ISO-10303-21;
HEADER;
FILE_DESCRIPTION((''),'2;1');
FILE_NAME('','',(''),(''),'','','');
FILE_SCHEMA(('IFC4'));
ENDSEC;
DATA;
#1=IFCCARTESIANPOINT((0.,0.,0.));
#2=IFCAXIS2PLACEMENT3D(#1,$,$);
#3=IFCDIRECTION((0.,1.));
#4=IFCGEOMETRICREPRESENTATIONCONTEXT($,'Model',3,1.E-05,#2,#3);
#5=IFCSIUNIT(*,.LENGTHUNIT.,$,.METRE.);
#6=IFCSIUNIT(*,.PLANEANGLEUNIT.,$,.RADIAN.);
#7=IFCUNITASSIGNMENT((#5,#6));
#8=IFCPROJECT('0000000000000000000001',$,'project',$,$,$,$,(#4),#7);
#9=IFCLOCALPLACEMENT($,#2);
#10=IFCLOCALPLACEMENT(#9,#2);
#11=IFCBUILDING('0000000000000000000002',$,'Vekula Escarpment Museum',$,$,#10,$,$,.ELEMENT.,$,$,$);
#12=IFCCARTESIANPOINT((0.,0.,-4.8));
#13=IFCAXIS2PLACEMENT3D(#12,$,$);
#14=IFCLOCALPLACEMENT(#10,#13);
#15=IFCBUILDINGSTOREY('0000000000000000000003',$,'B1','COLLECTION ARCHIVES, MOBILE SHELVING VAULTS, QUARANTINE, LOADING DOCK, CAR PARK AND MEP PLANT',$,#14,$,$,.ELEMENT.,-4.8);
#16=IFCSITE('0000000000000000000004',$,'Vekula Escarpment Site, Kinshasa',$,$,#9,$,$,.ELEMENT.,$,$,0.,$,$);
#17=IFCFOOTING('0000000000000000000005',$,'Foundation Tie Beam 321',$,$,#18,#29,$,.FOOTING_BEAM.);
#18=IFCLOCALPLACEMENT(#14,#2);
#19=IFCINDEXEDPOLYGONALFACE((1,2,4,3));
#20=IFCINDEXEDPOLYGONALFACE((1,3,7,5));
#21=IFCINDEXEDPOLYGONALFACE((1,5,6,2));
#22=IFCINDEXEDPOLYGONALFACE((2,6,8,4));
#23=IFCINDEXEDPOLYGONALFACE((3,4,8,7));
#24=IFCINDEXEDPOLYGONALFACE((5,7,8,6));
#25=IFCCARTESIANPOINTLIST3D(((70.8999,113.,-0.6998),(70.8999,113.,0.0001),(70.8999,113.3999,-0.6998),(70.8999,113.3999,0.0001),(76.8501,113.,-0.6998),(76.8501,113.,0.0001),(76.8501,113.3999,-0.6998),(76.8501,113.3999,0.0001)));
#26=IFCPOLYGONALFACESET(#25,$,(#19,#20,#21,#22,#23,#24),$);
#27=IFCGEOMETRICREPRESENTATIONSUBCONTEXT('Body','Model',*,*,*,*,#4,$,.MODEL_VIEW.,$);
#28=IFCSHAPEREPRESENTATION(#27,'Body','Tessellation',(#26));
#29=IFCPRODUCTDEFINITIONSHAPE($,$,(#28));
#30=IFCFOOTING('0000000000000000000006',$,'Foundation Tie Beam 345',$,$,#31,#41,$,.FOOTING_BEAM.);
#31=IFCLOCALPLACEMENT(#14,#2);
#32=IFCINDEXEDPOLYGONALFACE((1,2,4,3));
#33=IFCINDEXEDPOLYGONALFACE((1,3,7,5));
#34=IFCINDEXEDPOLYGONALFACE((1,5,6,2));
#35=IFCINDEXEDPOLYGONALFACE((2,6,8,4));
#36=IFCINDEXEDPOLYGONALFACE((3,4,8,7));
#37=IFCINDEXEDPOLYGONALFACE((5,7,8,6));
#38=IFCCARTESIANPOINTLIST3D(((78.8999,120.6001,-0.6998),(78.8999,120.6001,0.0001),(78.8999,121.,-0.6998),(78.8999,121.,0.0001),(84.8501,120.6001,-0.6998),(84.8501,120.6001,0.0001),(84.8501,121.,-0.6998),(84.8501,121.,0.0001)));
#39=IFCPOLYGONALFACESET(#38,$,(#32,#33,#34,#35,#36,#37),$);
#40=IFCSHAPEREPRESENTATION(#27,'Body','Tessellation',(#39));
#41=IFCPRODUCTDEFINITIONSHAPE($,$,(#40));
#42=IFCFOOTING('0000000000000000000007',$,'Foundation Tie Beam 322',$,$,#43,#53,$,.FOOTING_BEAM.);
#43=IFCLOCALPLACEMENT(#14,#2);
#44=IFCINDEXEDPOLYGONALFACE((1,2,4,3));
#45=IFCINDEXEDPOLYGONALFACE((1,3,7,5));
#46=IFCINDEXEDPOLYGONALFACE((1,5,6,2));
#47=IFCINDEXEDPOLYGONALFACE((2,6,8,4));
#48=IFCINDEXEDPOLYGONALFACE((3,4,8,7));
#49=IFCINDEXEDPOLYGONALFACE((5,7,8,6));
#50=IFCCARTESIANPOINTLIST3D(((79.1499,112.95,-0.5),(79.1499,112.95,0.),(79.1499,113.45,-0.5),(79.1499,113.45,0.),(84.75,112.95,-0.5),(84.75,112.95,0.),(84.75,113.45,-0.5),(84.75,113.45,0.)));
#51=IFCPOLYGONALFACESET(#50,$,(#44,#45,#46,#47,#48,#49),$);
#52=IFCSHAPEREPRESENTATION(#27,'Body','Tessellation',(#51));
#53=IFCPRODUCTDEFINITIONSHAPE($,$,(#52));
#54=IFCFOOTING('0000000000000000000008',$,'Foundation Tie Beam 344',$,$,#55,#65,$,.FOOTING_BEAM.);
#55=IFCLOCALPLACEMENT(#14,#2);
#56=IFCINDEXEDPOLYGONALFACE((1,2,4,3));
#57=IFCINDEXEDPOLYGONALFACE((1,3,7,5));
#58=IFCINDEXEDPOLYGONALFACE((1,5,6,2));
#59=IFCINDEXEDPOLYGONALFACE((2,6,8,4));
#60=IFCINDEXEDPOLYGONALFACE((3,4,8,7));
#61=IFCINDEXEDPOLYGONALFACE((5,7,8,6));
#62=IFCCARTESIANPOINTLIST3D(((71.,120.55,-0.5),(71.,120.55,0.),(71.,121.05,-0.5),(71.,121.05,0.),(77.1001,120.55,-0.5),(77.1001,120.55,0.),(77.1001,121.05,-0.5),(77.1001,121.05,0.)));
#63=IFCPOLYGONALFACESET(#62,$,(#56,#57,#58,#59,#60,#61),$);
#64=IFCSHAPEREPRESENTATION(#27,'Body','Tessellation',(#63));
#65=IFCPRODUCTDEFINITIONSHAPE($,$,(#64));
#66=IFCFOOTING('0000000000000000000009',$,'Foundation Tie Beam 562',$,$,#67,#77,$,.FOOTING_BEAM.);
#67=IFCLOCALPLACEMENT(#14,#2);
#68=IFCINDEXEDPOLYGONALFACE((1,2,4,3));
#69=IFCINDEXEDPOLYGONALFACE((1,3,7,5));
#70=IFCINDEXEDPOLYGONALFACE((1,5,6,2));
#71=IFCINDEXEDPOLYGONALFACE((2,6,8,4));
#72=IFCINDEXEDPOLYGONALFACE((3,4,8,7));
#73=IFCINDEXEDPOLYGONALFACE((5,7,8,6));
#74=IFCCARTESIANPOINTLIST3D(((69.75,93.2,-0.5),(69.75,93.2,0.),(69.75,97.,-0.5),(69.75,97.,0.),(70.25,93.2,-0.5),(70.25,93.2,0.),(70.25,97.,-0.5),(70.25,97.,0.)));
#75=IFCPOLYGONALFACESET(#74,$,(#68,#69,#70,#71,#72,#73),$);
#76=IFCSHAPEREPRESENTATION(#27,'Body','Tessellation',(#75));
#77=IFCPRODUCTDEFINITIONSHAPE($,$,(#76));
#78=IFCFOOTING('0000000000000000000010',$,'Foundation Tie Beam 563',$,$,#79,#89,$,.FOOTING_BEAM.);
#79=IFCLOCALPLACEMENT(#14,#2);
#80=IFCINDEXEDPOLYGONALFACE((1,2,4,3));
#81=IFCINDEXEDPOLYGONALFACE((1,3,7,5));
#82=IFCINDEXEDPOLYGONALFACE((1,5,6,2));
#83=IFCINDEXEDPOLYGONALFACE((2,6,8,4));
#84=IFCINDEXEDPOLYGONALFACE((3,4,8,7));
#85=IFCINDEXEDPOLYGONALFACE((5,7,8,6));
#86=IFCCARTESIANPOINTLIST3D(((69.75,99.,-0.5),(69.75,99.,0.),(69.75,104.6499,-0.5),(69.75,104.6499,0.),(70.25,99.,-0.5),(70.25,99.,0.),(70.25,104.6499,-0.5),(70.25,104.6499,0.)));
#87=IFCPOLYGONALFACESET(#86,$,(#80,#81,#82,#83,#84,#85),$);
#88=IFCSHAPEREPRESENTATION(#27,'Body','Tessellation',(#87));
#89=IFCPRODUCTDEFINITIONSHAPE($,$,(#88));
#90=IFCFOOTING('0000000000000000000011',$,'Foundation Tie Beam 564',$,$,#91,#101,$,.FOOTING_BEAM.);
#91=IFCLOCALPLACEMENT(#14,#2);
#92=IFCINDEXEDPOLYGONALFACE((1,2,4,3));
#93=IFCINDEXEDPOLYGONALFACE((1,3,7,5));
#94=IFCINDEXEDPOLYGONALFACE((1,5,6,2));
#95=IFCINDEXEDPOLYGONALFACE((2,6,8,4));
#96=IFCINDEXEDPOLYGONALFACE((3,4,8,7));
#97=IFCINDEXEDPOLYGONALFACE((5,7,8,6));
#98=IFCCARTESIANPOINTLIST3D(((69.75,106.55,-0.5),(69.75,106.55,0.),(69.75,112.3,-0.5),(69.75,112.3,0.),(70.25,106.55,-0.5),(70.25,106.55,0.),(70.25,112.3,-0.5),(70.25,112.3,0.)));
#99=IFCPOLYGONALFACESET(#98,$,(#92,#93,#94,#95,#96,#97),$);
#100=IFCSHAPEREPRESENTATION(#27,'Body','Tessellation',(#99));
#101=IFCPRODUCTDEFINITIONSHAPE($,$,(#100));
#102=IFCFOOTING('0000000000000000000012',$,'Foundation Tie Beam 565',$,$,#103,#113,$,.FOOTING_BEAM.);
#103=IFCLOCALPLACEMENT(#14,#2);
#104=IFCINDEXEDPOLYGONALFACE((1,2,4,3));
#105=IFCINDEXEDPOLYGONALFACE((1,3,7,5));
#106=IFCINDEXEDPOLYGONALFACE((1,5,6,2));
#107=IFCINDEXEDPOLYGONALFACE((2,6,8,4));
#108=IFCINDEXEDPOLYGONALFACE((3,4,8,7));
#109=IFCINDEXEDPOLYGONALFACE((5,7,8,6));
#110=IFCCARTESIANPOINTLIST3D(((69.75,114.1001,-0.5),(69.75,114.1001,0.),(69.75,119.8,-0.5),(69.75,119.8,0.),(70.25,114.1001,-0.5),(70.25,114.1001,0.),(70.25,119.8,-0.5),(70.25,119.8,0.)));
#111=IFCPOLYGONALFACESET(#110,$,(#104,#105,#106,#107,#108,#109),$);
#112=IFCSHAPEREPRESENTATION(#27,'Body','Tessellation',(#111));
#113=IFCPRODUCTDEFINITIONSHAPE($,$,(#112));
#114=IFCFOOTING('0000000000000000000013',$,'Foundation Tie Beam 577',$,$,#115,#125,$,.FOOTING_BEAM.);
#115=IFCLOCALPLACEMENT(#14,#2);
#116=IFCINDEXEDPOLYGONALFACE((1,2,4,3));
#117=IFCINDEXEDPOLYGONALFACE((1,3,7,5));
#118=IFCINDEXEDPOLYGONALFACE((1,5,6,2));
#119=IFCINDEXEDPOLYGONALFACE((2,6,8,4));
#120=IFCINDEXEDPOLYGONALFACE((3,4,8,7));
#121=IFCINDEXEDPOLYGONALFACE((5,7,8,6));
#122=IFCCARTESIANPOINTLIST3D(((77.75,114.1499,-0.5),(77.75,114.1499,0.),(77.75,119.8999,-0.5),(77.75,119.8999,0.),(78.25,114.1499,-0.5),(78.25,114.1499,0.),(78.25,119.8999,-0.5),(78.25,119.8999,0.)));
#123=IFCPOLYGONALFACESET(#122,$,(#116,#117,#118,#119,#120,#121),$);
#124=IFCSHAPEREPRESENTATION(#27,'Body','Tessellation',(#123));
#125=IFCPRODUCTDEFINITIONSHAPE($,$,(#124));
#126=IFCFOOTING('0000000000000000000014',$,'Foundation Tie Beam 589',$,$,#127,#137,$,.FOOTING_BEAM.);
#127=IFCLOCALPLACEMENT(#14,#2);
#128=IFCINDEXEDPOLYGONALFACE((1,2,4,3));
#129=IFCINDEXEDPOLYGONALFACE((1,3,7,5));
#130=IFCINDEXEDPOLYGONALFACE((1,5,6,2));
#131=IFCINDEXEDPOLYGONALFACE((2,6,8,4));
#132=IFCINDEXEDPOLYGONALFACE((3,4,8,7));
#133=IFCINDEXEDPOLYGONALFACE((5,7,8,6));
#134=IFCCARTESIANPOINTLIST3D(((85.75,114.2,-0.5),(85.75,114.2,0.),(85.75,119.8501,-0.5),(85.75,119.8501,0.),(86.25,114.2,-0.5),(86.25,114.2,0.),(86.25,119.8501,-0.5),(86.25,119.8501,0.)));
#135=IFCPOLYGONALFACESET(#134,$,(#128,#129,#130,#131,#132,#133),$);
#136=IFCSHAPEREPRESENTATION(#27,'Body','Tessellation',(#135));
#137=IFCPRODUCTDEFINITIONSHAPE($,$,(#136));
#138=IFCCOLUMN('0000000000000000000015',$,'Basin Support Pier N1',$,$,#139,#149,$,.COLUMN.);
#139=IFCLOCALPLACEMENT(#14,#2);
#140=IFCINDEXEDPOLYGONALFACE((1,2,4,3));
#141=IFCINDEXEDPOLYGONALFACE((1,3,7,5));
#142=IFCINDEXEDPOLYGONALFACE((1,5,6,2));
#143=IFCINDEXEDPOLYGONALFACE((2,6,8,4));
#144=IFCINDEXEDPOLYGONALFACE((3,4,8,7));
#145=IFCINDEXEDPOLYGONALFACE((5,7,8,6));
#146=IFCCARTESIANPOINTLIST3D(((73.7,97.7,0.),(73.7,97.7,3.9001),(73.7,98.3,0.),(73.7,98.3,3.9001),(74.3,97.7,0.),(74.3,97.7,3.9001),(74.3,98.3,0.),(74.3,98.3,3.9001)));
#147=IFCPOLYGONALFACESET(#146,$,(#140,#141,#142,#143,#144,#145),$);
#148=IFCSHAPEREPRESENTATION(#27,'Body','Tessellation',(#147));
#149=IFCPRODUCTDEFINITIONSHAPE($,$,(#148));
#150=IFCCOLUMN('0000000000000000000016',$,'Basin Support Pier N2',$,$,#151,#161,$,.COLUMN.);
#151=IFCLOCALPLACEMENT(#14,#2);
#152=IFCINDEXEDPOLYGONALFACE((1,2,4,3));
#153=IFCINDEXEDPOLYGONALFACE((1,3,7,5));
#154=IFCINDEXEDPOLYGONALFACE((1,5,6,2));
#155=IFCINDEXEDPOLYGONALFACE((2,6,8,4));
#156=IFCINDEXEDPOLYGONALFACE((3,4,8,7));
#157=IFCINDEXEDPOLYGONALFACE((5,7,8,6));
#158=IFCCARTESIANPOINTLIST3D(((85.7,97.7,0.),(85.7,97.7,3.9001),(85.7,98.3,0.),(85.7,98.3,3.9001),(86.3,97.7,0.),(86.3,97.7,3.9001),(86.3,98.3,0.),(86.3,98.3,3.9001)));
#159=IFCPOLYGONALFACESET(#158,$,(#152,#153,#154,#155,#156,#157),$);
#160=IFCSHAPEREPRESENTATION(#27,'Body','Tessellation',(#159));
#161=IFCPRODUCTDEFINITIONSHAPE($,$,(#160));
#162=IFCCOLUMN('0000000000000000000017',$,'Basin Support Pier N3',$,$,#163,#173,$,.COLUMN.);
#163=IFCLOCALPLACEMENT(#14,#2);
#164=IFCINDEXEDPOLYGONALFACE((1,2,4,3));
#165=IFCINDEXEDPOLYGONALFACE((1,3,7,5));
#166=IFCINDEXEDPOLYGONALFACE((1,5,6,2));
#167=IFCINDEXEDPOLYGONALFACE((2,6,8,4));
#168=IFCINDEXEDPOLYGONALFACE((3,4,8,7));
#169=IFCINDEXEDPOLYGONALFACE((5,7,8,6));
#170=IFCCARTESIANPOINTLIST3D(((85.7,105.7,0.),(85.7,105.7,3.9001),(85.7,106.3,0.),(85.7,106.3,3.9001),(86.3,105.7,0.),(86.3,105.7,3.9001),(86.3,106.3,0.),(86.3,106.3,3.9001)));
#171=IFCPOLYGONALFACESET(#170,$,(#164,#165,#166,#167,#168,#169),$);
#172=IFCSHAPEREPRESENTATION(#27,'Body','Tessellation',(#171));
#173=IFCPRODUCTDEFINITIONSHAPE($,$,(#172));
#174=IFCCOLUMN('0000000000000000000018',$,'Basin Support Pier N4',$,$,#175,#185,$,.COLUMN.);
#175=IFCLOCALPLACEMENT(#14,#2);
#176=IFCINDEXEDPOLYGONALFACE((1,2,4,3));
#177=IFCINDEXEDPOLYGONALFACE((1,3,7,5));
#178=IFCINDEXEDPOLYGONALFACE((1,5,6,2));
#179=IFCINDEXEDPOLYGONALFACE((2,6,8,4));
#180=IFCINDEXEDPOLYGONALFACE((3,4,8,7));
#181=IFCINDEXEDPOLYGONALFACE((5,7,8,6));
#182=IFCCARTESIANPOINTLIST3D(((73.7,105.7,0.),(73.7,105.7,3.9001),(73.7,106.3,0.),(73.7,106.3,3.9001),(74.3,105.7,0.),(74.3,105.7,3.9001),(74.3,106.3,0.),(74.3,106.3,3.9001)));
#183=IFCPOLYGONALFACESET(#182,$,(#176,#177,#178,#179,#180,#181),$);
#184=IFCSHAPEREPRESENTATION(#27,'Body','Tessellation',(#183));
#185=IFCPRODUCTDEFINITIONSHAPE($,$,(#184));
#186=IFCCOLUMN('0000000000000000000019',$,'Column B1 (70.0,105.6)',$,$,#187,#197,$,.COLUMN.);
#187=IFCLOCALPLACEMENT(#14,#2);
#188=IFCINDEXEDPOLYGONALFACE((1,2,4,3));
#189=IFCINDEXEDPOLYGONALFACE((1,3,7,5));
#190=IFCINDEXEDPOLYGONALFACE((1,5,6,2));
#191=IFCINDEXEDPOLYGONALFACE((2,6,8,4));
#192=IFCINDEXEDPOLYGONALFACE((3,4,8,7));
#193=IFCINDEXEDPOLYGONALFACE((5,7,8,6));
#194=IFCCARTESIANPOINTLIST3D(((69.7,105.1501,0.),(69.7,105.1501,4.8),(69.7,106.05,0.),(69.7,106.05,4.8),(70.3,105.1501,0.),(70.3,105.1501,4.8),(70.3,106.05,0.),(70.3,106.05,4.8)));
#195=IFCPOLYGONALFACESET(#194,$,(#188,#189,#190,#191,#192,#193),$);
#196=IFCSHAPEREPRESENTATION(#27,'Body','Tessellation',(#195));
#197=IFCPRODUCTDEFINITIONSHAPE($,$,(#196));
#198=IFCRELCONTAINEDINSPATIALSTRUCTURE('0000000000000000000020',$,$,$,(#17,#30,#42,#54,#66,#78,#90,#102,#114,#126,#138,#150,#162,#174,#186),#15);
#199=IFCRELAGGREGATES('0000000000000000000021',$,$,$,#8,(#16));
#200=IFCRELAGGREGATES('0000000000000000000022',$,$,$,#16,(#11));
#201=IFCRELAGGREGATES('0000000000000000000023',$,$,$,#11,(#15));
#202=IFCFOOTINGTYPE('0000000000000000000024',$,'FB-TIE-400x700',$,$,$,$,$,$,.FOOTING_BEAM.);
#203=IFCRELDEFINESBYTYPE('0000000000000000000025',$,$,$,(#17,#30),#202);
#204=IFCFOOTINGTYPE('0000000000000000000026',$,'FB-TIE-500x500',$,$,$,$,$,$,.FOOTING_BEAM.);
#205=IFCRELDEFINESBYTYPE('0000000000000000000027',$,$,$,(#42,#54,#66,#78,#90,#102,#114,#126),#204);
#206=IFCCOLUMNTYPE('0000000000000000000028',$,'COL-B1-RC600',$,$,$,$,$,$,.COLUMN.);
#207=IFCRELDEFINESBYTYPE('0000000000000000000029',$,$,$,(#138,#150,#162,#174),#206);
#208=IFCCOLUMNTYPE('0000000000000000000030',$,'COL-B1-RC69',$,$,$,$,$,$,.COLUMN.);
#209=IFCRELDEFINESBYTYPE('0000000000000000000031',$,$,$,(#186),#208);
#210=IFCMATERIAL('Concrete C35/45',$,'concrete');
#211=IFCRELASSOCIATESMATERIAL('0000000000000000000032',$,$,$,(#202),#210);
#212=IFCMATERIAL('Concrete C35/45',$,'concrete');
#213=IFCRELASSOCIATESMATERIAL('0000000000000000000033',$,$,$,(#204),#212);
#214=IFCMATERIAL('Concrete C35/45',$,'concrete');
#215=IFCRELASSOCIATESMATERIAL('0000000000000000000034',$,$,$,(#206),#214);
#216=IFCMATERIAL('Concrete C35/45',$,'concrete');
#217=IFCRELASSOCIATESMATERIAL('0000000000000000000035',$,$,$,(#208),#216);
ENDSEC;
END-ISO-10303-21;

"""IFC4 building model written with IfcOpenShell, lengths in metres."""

from ifc_helpers import new_model, si_unit, direction, frame, origin, origin_2d, place, context, subcontext, project, spatial, rectangle, extrude, material, material_profile, profile_set, type_object, element, save


model = new_model("IFC4")

# Units and contexts
model_context = context("Model", 3, precision=1e-05, world=origin(), true_north=direction((0.0, 1.0)))
body_context = subcontext(model_context, "Body", "Model", "MODEL_VIEW")
ifc_project = project(units=[si_unit("LENGTHUNIT", "METRE"), si_unit("PLANEANGLEUNIT", "RADIAN")], contexts=[model_context])

# Site, building, storey
site_placement = place(None, origin())
site = spatial("IfcSite", under=ifc_project, at=site_placement, Name="Vekula Escarpment Site, Kinshasa", CompositionType="ELEMENT", RefElevation=0.0)
building_placement = place(site_placement, origin())
building = spatial("IfcBuilding", under=site, at=building_placement, Name="Vekula Escarpment Museum", CompositionType="ELEMENT")
storey_placement = place(building_placement, frame((0.0, 0.0, -4.8)))
storey = spatial("IfcBuildingStorey", under=building, at=storey_placement, Name="B1", Description="COLLECTION ARCHIVES, MOBILE SHELVING VAULTS, QUARANTINE, LOADING DOCK, CAR PARK AND MEP PLANT", CompositionType="ELEMENT", Elevation=-4.8)

# Footings
ifc_material_1 = material(Name="Concrete C35/45", Category="concrete")
ifc_material_profile_1 = material_profile(ifc_material_1, rectangle(XDim=0.3999, YDim=0.7, at=origin_2d()), Name="RC 400x700")
ifc_profile_set_1 = profile_set([ifc_material_profile_1], Name="Concrete C35/45")
footing_type_1 = type_object("IfcFootingType", Name="FB-TIE-400x700", PredefinedType="FOOTING_BEAM", material=ifc_profile_set_1)
for number, where, z_axis, x_axis, name in (
    (1, (70.8999, 113.2, -0.3499), (1.0, 0.0, 0.0), (0.0, 1.0, 0.0), "Foundation Tie Beam 321"),
    (2, (78.8999, 120.8, -0.3499), (1.0, 0.0, 0.0), (0.0, 1.0, 0.0), "Foundation Tie Beam 345"),
):
    element("IfcFooting", number, at=place(storey_placement, frame(where, z_axis=z_axis, x_axis=x_axis)), inside=storey, type_object=footing_type_1, Name=name, PredefinedType="FOOTING_BEAM", context=body_context, shape_type="SweptSolid", body=[
        extrude(rectangle(XDim=0.3999, YDim=0.7, at=origin_2d()), origin(), (0.0, 0.0, 1.0), 5.9502),
    ])
ifc_material_2 = material(Name="Concrete C35/45", Category="concrete")
ifc_material_profile_2 = material_profile(ifc_material_2, rectangle(XDim=0.5, YDim=0.5, at=origin_2d()), Name="RC 500x500")
ifc_profile_set_2 = profile_set([ifc_material_profile_2], Name="Concrete C35/45")
footing_type_2 = type_object("IfcFootingType", Name="FB-TIE-500x500", PredefinedType="FOOTING_BEAM", material=ifc_profile_set_2)
footing_1_placement = place(storey_placement, frame((79.1499, 113.2, -0.25), z_axis=(1.0, 0.0, 0.0), x_axis=(0.0, 1.0, 0.0)))
element("IfcFooting", 3, at=footing_1_placement, inside=storey, type_object=footing_type_2, Name="Foundation Tie Beam 322", PredefinedType="FOOTING_BEAM", context=body_context, shape_type="SweptSolid", body=[
    extrude(rectangle(XDim=0.5, YDim=0.5, at=origin_2d()), origin(), (0.0, 0.0, 1.0), 5.6001),
])
footing_2_placement = place(storey_placement, frame((71.0, 120.8, -0.25), z_axis=(1.0, 0.0, 0.0), x_axis=(0.0, 1.0, 0.0)))
element("IfcFooting", 4, at=footing_2_placement, inside=storey, type_object=footing_type_2, Name="Foundation Tie Beam 344", PredefinedType="FOOTING_BEAM", context=body_context, shape_type="SweptSolid", body=[
    extrude(rectangle(XDim=0.5, YDim=0.5, at=origin_2d()), origin(), (0.0, 0.0, 1.0), 6.1001),
])
footing_3_placement = place(storey_placement, frame((70.0, 93.2, -0.25), z_axis=(0.0, 1.0, 0.0), x_axis=(-1.0, 0.0, 0.0)))
element("IfcFooting", 5, at=footing_3_placement, inside=storey, type_object=footing_type_2, Name="Foundation Tie Beam 562", PredefinedType="FOOTING_BEAM", context=body_context, shape_type="SweptSolid", body=[
    extrude(rectangle(XDim=0.5, YDim=0.5, at=origin_2d()), origin(), (0.0, 0.0, 1.0), 3.8),
])
footing_4_placement = place(storey_placement, frame((70.0, 99.0, -0.25), z_axis=(0.0, 1.0, 0.0), x_axis=(-1.0, 0.0, 0.0)))
element("IfcFooting", 6, at=footing_4_placement, inside=storey, type_object=footing_type_2, Name="Foundation Tie Beam 563", PredefinedType="FOOTING_BEAM", context=body_context, shape_type="SweptSolid", body=[
    extrude(rectangle(XDim=0.5, YDim=0.5, at=origin_2d()), origin(), (0.0, 0.0, 1.0), 5.6499),
])
footing_5_placement = place(storey_placement, frame((70.0, 106.55, -0.25), z_axis=(0.0, 1.0, 0.0), x_axis=(-1.0, 0.0, 0.0)))
element("IfcFooting", 7, at=footing_5_placement, inside=storey, type_object=footing_type_2, Name="Foundation Tie Beam 564", PredefinedType="FOOTING_BEAM", context=body_context, shape_type="SweptSolid", body=[
    extrude(rectangle(XDim=0.5, YDim=0.5, at=origin_2d()), origin(), (0.0, 0.0, 1.0), 5.75),
])
footing_6_placement = place(storey_placement, frame((70.0, 114.1001, -0.25), z_axis=(0.0, 1.0, 0.0), x_axis=(-1.0, 0.0, 0.0)))
element("IfcFooting", 8, at=footing_6_placement, inside=storey, type_object=footing_type_2, Name="Foundation Tie Beam 565", PredefinedType="FOOTING_BEAM", context=body_context, shape_type="SweptSolid", body=[
    extrude(rectangle(XDim=0.5, YDim=0.5, at=origin_2d()), origin(), (0.0, 0.0, 1.0), 5.7),
])
footing_7_placement = place(storey_placement, frame((78.0, 114.1499, -0.25), z_axis=(0.0, 1.0, 0.0), x_axis=(-1.0, 0.0, 0.0)))
element("IfcFooting", 9, at=footing_7_placement, inside=storey, type_object=footing_type_2, Name="Foundation Tie Beam 577", PredefinedType="FOOTING_BEAM", context=body_context, shape_type="SweptSolid", body=[
    extrude(rectangle(XDim=0.5, YDim=0.5, at=origin_2d()), origin(), (0.0, 0.0, 1.0), 5.75),
])
footing_8_placement = place(storey_placement, frame((86.0, 114.2, -0.25), z_axis=(0.0, 1.0, 0.0), x_axis=(-1.0, 0.0, 0.0)))
element("IfcFooting", 10, at=footing_8_placement, inside=storey, type_object=footing_type_2, Name="Foundation Tie Beam 589", PredefinedType="FOOTING_BEAM", context=body_context, shape_type="SweptSolid", body=[
    extrude(rectangle(XDim=0.5, YDim=0.5, at=origin_2d()), origin(), (0.0, 0.0, 1.0), 5.6501),
])

# Columns
ifc_material_3 = material(Name="Concrete C35/45", Category="concrete")
ifc_material_profile_3 = material_profile(ifc_material_3, rectangle(XDim=0.6001, YDim=0.6001, at=origin_2d()), Name="RC 600x600")
ifc_profile_set_3 = profile_set([ifc_material_profile_3], Name="Concrete C35/45")
column_type_1 = type_object("IfcColumnType", Name="COL-B1-RC600", PredefinedType="COLUMN", material=ifc_profile_set_3)
for number, where, z_axis, x_axis, name in (
    (11, (74.0, 98.0, 0.0), (0.0, 0.0, 1.0), (1.0, 0.0, 0.0), "Basin Support Pier N1"),
    (12, (86.0, 98.0, 0.0), (0.0, 0.0, 1.0), (1.0, 0.0, 0.0), "Basin Support Pier N2"),
    (13, (86.0, 106.0, 0.0), (0.0, 0.0, 1.0), (1.0, 0.0, 0.0), "Basin Support Pier N3"),
    (14, (74.0, 106.0, 0.0), (0.0, 0.0, 1.0), (1.0, 0.0, 0.0), "Basin Support Pier N4"),
):
    element("IfcColumn", number, at=place(storey_placement, frame(where, z_axis=z_axis, x_axis=x_axis)), inside=storey, type_object=column_type_1, Name=name, PredefinedType="COLUMN", context=body_context, shape_type="SweptSolid", body=[
        extrude(rectangle(XDim=0.6001, YDim=0.6001, at=origin_2d()), origin(), (0.0, 0.0, 1.0), 3.9001),
    ])
ifc_material_4 = material(Name="Concrete C35/45", Category="concrete")
ifc_material_profile_4 = material_profile(ifc_material_4, rectangle(XDim=0.6001, YDim=0.8999, at=origin_2d()), Name="RC 600x900")
ifc_profile_set_4 = profile_set([ifc_material_profile_4], Name="Concrete C35/45")
column_type_2 = type_object("IfcColumnType", Name="COL-B1-RC69", PredefinedType="COLUMN", material=ifc_profile_set_4)
for number, where, z_axis, x_axis, name in (
    (15, (70.0, 105.6001, 0.0), (0.0, 0.0, 1.0), (1.0, 0.0, 0.0), "Column B1 (70.0,105.6)"),
):
    element("IfcColumn", number, at=place(storey_placement, frame(where, z_axis=z_axis, x_axis=x_axis)), inside=storey, type_object=column_type_2, Name=name, PredefinedType="COLUMN", context=body_context, shape_type="SweptSolid", body=[
        extrude(rectangle(XDim=0.6001, YDim=0.8999, at=origin_2d()), origin(), (0.0, 0.0, 1.0), 4.8),
    ])

save(model, "model.ifc")
